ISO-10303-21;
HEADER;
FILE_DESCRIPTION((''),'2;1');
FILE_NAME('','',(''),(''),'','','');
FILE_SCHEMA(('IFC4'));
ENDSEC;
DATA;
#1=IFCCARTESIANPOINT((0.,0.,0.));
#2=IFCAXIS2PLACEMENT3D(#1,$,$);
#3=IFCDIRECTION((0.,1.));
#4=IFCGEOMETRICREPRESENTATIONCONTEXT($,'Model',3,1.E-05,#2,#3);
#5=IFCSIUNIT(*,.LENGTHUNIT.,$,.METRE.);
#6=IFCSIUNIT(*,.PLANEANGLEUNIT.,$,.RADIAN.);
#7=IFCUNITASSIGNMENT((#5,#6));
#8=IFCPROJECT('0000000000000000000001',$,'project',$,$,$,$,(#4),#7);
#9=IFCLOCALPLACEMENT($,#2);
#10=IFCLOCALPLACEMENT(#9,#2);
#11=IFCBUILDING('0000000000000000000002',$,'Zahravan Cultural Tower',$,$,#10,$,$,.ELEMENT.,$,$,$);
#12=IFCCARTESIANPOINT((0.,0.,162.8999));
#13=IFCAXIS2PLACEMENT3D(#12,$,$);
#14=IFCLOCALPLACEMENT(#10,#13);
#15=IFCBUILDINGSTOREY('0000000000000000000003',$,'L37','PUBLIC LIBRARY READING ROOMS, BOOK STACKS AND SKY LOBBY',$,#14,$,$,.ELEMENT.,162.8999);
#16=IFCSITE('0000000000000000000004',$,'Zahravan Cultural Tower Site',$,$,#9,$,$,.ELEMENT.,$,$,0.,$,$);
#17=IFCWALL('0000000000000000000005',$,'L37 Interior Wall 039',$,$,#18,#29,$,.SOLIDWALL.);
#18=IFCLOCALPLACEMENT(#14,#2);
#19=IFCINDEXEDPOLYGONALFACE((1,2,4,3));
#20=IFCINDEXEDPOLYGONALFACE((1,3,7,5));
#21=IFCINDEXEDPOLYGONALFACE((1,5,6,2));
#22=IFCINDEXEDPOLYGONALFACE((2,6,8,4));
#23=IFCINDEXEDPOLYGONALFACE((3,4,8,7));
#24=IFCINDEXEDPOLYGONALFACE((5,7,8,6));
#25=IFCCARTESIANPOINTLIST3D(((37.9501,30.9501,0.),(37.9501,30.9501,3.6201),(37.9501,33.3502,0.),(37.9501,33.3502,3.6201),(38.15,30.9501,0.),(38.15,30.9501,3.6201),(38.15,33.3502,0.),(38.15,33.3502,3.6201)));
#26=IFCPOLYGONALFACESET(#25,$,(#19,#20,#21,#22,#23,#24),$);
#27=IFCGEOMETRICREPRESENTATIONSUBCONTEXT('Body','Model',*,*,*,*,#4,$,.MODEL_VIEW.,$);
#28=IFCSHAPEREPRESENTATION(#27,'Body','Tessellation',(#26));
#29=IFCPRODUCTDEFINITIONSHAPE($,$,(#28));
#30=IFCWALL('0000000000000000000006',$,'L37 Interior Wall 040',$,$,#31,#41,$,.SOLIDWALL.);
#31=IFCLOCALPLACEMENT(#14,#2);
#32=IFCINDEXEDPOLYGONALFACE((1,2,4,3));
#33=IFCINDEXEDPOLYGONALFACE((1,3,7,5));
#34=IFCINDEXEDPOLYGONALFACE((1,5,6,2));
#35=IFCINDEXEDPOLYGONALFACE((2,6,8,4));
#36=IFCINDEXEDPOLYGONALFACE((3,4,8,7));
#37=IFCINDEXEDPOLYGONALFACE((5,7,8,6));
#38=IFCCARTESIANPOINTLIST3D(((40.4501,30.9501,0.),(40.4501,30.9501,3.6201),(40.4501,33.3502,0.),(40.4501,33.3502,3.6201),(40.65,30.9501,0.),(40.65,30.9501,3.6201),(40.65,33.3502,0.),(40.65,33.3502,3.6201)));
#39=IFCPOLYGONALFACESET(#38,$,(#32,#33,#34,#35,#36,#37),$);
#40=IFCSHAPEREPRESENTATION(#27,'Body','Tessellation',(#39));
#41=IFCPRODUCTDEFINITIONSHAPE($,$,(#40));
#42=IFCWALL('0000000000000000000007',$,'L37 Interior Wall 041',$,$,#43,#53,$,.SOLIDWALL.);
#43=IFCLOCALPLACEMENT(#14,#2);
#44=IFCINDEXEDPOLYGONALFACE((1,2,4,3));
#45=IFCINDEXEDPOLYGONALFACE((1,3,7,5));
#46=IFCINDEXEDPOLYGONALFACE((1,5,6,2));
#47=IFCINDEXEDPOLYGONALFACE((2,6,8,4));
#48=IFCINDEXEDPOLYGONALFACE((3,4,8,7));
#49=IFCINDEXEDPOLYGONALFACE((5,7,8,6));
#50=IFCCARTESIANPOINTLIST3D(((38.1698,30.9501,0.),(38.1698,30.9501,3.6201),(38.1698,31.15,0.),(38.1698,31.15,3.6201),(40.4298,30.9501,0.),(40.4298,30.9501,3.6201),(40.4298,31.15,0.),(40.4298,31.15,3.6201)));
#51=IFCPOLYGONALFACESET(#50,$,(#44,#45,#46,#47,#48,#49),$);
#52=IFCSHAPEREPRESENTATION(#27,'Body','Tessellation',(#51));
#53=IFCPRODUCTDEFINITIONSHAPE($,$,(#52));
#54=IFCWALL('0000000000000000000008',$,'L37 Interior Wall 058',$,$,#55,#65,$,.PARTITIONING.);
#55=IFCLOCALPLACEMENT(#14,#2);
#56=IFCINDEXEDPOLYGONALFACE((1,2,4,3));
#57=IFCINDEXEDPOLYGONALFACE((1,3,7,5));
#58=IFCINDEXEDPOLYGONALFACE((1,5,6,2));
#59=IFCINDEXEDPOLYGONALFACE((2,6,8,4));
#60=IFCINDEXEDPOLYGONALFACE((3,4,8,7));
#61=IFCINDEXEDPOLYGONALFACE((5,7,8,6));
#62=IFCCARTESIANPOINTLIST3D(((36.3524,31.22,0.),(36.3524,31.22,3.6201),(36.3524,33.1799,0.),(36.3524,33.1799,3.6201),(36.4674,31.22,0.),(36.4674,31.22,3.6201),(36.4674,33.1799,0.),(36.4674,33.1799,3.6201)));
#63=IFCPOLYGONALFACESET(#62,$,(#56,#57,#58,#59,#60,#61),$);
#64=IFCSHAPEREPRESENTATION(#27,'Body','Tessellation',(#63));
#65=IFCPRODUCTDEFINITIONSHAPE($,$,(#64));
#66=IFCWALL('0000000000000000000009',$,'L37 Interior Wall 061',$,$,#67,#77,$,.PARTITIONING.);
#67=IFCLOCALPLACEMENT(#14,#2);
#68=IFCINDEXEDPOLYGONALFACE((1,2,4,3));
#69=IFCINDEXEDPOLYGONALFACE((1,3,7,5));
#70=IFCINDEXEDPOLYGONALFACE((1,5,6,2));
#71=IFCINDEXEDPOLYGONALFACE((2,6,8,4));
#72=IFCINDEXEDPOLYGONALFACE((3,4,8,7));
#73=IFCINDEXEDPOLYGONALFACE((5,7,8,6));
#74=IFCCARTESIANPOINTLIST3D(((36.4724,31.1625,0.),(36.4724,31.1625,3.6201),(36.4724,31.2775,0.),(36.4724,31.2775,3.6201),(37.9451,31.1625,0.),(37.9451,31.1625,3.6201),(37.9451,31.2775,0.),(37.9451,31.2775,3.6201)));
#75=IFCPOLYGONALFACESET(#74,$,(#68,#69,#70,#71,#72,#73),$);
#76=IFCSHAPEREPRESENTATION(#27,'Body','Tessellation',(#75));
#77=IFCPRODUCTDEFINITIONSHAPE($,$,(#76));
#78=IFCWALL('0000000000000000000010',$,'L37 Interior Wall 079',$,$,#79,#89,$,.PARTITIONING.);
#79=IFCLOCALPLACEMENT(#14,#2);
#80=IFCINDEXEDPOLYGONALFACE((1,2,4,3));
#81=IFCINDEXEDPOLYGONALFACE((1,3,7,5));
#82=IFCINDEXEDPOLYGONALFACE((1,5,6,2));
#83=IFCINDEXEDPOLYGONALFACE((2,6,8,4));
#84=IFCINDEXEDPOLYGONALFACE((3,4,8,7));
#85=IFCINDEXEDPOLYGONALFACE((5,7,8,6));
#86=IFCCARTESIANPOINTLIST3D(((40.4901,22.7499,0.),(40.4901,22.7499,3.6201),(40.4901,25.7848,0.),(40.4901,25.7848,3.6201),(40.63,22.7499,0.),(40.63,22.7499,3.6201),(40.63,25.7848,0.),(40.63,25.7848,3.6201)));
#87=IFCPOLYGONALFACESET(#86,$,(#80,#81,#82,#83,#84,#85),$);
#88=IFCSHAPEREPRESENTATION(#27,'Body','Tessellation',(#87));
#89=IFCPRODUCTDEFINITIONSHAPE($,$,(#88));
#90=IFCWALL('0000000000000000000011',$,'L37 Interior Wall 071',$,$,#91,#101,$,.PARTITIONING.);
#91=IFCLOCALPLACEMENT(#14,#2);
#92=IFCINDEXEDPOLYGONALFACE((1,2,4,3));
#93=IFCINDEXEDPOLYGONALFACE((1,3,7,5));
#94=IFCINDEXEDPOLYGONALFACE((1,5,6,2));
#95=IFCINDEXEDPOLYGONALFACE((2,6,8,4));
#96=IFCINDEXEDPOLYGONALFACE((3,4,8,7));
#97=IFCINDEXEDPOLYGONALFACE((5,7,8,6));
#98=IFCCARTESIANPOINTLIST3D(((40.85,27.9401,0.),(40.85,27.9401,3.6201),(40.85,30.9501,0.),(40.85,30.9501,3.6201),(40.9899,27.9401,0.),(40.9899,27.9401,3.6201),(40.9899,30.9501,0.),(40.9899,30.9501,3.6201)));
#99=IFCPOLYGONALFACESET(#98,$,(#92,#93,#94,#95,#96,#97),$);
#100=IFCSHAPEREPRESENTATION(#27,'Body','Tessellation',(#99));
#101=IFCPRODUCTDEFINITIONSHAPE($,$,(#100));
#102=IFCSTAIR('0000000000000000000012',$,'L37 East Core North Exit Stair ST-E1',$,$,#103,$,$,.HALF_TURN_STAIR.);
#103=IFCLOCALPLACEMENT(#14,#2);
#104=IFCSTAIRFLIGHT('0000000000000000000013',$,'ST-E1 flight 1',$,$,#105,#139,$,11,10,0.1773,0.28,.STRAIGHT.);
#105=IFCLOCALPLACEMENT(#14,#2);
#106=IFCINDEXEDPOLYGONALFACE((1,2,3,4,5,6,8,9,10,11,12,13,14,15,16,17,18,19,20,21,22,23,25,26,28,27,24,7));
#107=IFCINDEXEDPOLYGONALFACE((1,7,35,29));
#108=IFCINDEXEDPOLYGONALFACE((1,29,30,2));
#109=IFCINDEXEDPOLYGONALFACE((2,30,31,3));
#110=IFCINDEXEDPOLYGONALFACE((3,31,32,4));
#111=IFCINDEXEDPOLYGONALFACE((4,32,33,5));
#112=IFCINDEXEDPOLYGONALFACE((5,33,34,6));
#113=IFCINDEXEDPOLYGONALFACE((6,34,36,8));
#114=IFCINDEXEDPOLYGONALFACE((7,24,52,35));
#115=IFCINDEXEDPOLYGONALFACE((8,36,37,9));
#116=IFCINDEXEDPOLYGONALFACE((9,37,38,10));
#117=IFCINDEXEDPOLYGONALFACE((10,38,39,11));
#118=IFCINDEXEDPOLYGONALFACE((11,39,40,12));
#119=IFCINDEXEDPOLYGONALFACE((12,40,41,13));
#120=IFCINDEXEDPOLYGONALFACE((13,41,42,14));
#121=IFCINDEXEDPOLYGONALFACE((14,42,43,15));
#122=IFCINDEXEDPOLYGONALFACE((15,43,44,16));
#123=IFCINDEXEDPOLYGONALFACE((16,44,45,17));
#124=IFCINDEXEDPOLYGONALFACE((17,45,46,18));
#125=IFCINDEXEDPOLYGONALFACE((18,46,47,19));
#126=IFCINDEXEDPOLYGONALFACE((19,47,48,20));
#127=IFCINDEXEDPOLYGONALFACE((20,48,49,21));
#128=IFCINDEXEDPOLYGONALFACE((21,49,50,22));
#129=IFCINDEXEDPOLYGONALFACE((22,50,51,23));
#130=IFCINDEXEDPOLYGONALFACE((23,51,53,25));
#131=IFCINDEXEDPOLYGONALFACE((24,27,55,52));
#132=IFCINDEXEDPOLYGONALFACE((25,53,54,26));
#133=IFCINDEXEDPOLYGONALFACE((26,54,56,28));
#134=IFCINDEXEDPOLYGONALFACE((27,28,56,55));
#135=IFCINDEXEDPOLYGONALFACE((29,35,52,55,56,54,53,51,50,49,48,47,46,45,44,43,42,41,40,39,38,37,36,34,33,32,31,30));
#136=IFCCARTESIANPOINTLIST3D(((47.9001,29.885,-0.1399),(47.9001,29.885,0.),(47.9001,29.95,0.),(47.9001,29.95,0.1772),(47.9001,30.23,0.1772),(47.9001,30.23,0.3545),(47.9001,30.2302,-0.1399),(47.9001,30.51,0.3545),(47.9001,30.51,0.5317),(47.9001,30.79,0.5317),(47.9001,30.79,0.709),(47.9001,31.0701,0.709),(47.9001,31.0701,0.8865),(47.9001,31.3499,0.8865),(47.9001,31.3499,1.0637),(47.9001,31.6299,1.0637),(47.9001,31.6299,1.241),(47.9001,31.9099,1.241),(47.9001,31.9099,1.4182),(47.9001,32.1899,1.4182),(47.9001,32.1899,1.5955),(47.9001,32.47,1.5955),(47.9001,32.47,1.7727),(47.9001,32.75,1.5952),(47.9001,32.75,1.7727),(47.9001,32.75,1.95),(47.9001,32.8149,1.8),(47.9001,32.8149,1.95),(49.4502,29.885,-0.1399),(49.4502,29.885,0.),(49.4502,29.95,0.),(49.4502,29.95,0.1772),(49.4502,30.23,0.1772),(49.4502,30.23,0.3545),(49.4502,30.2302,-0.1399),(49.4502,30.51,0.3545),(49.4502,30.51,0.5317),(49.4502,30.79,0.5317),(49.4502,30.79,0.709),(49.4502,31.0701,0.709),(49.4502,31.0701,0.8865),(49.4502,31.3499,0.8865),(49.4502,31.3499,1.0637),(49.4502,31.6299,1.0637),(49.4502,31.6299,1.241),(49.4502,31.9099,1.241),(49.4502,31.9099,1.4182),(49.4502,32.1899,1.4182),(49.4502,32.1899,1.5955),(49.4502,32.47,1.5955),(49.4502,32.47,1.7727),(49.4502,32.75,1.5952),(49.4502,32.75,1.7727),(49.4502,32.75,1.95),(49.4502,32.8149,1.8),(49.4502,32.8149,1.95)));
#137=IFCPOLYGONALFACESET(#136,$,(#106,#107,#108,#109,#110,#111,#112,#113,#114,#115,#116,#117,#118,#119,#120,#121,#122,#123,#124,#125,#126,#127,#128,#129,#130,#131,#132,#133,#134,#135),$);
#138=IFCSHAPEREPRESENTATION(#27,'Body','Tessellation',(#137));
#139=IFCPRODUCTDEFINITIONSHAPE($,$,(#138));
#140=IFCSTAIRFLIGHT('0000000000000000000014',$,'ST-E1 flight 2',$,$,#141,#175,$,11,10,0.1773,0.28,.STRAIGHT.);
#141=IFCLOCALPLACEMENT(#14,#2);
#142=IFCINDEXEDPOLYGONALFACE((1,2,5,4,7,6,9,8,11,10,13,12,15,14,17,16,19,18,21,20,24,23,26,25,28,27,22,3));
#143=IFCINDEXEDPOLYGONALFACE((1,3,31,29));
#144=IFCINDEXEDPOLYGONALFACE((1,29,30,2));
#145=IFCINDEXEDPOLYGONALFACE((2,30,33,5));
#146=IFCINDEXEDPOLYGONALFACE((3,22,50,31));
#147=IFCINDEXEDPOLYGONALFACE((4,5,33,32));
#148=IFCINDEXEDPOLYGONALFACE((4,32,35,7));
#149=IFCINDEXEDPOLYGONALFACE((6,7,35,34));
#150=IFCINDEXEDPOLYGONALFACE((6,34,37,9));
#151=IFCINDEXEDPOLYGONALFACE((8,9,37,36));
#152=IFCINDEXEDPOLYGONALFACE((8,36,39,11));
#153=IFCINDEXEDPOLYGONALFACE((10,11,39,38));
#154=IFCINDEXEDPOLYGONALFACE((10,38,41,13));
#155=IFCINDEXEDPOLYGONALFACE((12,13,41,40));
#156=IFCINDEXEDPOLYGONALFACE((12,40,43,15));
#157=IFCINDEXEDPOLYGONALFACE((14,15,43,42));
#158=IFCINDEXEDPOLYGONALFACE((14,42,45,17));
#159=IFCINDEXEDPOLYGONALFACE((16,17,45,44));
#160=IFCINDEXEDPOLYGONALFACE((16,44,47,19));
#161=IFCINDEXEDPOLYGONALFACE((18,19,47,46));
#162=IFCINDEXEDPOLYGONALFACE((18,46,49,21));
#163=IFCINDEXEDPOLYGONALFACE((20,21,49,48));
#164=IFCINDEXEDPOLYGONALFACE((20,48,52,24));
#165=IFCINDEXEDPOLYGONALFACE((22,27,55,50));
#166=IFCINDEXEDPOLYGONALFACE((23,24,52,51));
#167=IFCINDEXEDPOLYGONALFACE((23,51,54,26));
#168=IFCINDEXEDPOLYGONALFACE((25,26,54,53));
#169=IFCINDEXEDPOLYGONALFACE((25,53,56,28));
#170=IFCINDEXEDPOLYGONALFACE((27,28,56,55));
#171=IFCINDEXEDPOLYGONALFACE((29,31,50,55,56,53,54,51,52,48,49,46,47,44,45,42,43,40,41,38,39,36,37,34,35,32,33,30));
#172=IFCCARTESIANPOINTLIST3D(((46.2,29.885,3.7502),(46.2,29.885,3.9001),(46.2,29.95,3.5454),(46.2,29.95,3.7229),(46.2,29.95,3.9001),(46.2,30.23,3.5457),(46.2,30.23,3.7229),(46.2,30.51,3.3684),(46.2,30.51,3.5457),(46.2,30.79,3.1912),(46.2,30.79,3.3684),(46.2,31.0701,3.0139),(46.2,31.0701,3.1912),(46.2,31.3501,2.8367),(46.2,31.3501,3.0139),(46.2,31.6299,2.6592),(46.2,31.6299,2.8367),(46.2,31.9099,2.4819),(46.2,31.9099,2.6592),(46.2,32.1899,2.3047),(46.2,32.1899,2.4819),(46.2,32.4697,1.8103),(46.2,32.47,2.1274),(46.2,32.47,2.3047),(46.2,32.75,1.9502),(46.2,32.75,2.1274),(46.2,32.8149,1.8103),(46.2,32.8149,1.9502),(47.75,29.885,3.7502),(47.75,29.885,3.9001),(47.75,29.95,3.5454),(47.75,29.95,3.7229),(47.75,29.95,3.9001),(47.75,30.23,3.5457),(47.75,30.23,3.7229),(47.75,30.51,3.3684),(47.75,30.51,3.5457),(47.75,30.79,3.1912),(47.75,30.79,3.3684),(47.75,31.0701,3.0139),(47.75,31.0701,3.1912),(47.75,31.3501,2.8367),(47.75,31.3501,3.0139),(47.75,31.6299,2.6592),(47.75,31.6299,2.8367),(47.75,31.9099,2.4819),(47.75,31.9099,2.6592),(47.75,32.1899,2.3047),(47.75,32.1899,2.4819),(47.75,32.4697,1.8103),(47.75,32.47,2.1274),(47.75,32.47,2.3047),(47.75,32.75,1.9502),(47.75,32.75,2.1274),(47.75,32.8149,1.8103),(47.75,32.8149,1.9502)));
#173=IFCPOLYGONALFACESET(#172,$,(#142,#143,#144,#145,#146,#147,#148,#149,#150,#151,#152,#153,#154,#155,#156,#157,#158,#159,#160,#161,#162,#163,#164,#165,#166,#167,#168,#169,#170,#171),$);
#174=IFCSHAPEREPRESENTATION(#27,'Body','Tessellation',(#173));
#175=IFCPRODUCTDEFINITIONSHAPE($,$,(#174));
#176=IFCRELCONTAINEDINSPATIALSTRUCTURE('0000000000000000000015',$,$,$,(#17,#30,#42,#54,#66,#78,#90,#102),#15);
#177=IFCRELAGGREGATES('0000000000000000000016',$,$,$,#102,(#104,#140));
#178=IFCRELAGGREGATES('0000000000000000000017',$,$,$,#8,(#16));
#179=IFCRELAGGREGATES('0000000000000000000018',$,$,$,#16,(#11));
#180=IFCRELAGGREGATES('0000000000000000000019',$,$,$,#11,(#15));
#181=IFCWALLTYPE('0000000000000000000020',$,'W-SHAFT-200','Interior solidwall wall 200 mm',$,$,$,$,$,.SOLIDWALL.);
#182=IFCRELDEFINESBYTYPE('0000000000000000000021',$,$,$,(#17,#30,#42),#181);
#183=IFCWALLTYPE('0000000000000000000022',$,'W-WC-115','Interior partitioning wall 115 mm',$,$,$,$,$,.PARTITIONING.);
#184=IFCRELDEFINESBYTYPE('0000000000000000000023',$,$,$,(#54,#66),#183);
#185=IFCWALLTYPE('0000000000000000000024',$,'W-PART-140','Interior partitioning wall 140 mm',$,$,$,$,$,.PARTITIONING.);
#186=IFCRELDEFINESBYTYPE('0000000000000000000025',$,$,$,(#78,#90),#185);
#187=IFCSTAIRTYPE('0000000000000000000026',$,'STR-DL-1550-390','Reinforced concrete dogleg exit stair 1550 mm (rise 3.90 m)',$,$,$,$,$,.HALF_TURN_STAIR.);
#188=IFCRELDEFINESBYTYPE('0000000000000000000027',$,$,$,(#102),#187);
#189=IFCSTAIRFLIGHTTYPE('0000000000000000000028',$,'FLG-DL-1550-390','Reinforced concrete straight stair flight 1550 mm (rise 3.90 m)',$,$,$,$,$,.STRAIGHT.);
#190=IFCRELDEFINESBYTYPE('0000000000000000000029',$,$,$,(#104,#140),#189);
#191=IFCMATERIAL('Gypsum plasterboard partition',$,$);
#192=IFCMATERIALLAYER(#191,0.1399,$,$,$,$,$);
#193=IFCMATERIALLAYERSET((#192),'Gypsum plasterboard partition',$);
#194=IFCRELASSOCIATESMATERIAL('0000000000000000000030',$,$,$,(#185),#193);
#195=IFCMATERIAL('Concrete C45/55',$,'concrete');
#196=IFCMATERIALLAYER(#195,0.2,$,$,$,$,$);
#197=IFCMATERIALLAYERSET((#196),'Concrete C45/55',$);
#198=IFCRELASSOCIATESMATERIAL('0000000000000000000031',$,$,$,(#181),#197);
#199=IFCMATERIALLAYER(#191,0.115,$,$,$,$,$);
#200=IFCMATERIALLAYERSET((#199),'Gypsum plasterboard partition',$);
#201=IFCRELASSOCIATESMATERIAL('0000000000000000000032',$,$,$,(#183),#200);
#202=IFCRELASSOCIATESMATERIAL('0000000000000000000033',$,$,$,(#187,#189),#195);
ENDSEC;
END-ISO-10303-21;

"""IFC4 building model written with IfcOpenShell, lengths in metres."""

from ifc_helpers import new_model, si_unit, direction, frame, frame_2d, origin, place, context, subcontext, project, spatial, polyline, rectangle, outline, extrude, source, transform, mapped, material, layer, layer_set, type_object, element, aggregate, save


model = new_model("IFC4")

# Units and contexts
model_context = context("Model", 3, precision=1e-05, world=origin(), true_north=direction((0.0, 1.0)))
body_context = subcontext(model_context, "Body", "Model", "MODEL_VIEW")
ifc_project = project(units=[si_unit("LENGTHUNIT", "METRE"), si_unit("PLANEANGLEUNIT", "RADIAN")], contexts=[model_context])

# Site, building, storey
site_placement = place(None, origin())
site = spatial("IfcSite", under=ifc_project, at=site_placement, Name="Zahravan Cultural Tower Site", CompositionType="ELEMENT", RefElevation=0.0)
building_placement = place(site_placement, origin())
building = spatial("IfcBuilding", under=site, at=building_placement, Name="Zahravan Cultural Tower", CompositionType="ELEMENT")
storey_placement = place(building_placement, frame((0.0, 0.0, 162.8999)))
storey = spatial("IfcBuildingStorey", under=building, at=storey_placement, Name="L37", Description="PUBLIC LIBRARY READING ROOMS, BOOK STACKS AND SKY LOBBY", CompositionType="ELEMENT", Elevation=162.8999)

# Shared definitions
ifc_material_1 = material(Name="Gypsum plasterboard partition")
ifc_layer_1 = layer(ifc_material_1, 0.1399)
ifc_layer_set_1 = layer_set([ifc_layer_1], Name="Gypsum plasterboard partition")
wall_type_1 = type_object("IfcWallType", Name="W-PART-140", Description="Interior partitioning wall 140 mm", PredefinedType="PARTITIONING", material=ifc_layer_set_1)
ifc_material_2 = material(Name="Concrete C45/55", Category="concrete")
ifc_layer_2 = layer(ifc_material_2, 0.2)
ifc_layer_set_2 = layer_set([ifc_layer_2], Name="Concrete C45/55")
wall_type_2 = type_object("IfcWallType", Name="W-SHAFT-200", Description="Interior solidwall wall 200 mm", PredefinedType="SOLIDWALL", material=ifc_layer_set_2)

# Walls
shared_shape_1 = source(origin(), body_context, "Body", "SweptSolid", [
    extrude(rectangle(XDim=2.4001, YDim=0.2, at=frame_2d((1.2002, 0.0))), origin(), (0.0, 0.0, 1.0), 3.6201),
])
for number, where, z_axis, x_axis, name in (
    (1, (38.05, 30.95, 0.0), (0.0, 0.0, 1.0), (0.0, 1.0, 0.0), "L37 Interior Wall 039"),
    (2, (40.55, 30.95, 0.0), (0.0, 0.0, 1.0), (0.0, 1.0, 0.0), "L37 Interior Wall 040"),
):
    element("IfcWall", number, at=place(storey_placement, frame(where, z_axis=z_axis, x_axis=x_axis)), inside=storey, type_object=wall_type_2, Name=name, PredefinedType="SOLIDWALL", context=body_context, shape_type="MappedRepresentation", body=[
        mapped(shared_shape_1, transform((0.0, 0.0, 0.0), x_axis=(1.0, 0.0, 0.0), y_axis=(0.0, 1.0, 0.0), z_axis=(0.0, 0.0, 1.0), scale=1.0)),
    ])
shared_shape_2 = source(origin(), body_context, "Body", "SweptSolid", [
    extrude(rectangle(XDim=2.26, YDim=0.2, at=frame_2d((1.1299, 0.0))), origin(), (0.0, 0.0, 1.0), 3.6201),
])
wall_1_placement = place(storey_placement, frame((38.1699, 31.05, 0.0), z_axis=(0.0, 0.0, 1.0), x_axis=(1.0, 0.0, 0.0)))
element("IfcWall", 3, at=wall_1_placement, inside=storey, type_object=wall_type_2, Name="L37 Interior Wall 041", PredefinedType="SOLIDWALL", context=body_context, shape_type="MappedRepresentation", body=[
    mapped(shared_shape_2, transform((0.0, 0.0, 0.0), x_axis=(1.0, 0.0, 0.0), y_axis=(0.0, 1.0, 0.0), z_axis=(0.0, 0.0, 1.0), scale=1.0)),
])
ifc_layer_3 = layer(ifc_material_1, 0.115)
ifc_layer_set_3 = layer_set([ifc_layer_3], Name="Gypsum plasterboard partition")
wall_type_3 = type_object("IfcWallType", Name="W-WC-115", Description="Interior partitioning wall 115 mm", PredefinedType="PARTITIONING", material=ifc_layer_set_3)
shared_shape_3 = source(origin(), body_context, "Body", "SweptSolid", [
    extrude(rectangle(XDim=1.96, YDim=0.115, at=frame_2d((0.98, 0.0))), origin(), (0.0, 0.0, 1.0), 3.6201),
])
wall_2_placement = place(storey_placement, frame((36.4099, 33.1799, 0.0), z_axis=(0.0, 0.0, 1.0), x_axis=(0.0, -1.0, 0.0)))
element("IfcWall", 4, at=wall_2_placement, inside=storey, type_object=wall_type_3, Name="L37 Interior Wall 058", PredefinedType="PARTITIONING", context=body_context, shape_type="MappedRepresentation", body=[
    mapped(shared_shape_3, transform((0.0, 0.0, 0.0), x_axis=(1.0, 0.0, 0.0), y_axis=(0.0, 1.0, 0.0), z_axis=(0.0, 0.0, 1.0), scale=1.0)),
])
shared_shape_4 = source(origin(), body_context, "Body", "SweptSolid", [
    extrude(rectangle(XDim=1.4727, YDim=0.115, at=frame_2d((0.7363, 0.0))), origin(), (0.0, 0.0, 1.0), 3.6201),
])
wall_3_placement = place(storey_placement, frame((37.9451, 31.22, 0.0), z_axis=(0.0, 0.0, 1.0), x_axis=(-1.0, 0.0, 0.0)))
element("IfcWall", 5, at=wall_3_placement, inside=storey, type_object=wall_type_3, Name="L37 Interior Wall 061", PredefinedType="PARTITIONING", context=body_context, shape_type="MappedRepresentation", body=[
    mapped(shared_shape_4, transform((0.0, 0.0, 0.0), x_axis=(1.0, 0.0, 0.0), y_axis=(0.0, 1.0, 0.0), z_axis=(0.0, 0.0, 1.0), scale=1.0)),
])
shared_shape_5 = source(origin(), body_context, "Body", "SweptSolid", [
    extrude(rectangle(XDim=3.0349, YDim=0.1399, at=frame_2d((1.5176, 0.0))), origin(), (0.0, 0.0, 1.0), 3.6201),
])
wall_4_placement = place(storey_placement, frame((40.5601, 25.7849, 0.0), z_axis=(0.0, 0.0, 1.0), x_axis=(0.0, -1.0, 0.0)))
element("IfcWall", 6, at=wall_4_placement, inside=storey, type_object=wall_type_1, Name="L37 Interior Wall 079", PredefinedType="PARTITIONING", context=body_context, shape_type="MappedRepresentation", body=[
    mapped(shared_shape_5, transform((0.0, 0.0, 0.0), x_axis=(1.0, 0.0, 0.0), y_axis=(0.0, 1.0, 0.0), z_axis=(0.0, 0.0, 1.0), scale=1.0)),
])
shared_shape_6 = source(origin(), body_context, "Body", "SweptSolid", [
    extrude(rectangle(XDim=3.01, YDim=0.1399, at=frame_2d((1.5049, 0.0))), origin(), (0.0, 0.0, 1.0), 3.6201),
])
wall_5_placement = place(storey_placement, frame((40.9199, 30.95, 0.0), z_axis=(0.0, 0.0, 1.0), x_axis=(0.0, -1.0, 0.0)))
element("IfcWall", 7, at=wall_5_placement, inside=storey, type_object=wall_type_1, Name="L37 Interior Wall 071", PredefinedType="PARTITIONING", context=body_context, shape_type="MappedRepresentation", body=[
    mapped(shared_shape_6, transform((0.0, 0.0, 0.0), x_axis=(1.0, 0.0, 0.0), y_axis=(0.0, 1.0, 0.0), z_axis=(0.0, 0.0, 1.0), scale=1.0)),
])

# Stair, stair flights
stair_type = type_object("IfcStairType", Name="STR-DL-1550-390", Description="Reinforced concrete dogleg exit stair 1550 mm (rise 3.90 m)", PredefinedType="HALF_TURN_STAIR", material=ifc_material_2)
stair_placement = place(storey_placement, origin())
stair = element("IfcStair", 8, at=stair_placement, inside=storey, type_object=stair_type, Name="L37 East Core North Exit Stair ST-E1", PredefinedType="HALF_TURN_STAIR")
stair_flight_type = type_object("IfcStairFlightType", Name="FLG-DL-1550-390", Description="Reinforced concrete straight stair flight 1550 mm (rise 3.90 m)", PredefinedType="STRAIGHT", material=ifc_material_2)
stair_flight_1_placement = place(storey_placement, frame((48.675, 29.95, 0.0), z_axis=(0.0, 0.0, 1.0), x_axis=(0.0, 1.0, 0.0)))
stair_flight_1 = element("IfcStairFlight", 9, at=stair_flight_1_placement, type_object=stair_flight_type, Name="ST-E1 flight 1", NumberOfRisers=11, NumberOfTreads=10, PredefinedType="STRAIGHT", RiserHeight=0.1773, TreadLength=0.28, context=body_context, shape_type="SweptSolid", body=[
    extrude(outline(polyline([(-0.0649, -0.1399), (-0.0649, 0.0), (0.0, 0.0), (0.0, 0.1772), (0.28, 0.1772), (0.28, 0.3545), (0.5601, 0.3545), (0.5601, 0.5317), (0.8401, 0.5317), (0.8401, 0.709), (1.1201, 0.709), (1.1201, 0.8865), (1.3999, 0.8865), (1.3999, 1.0637), (1.6799, 1.0637), (1.6799, 1.241), (1.96, 1.241), (1.96, 1.4182), (2.24, 1.4182), (2.24, 1.5955), (2.52, 1.5955), (2.52, 1.7727), (2.8, 1.7727), (2.8, 1.95), (2.865, 1.95), (2.865, 1.8), (2.8, 1.5952), (0.2803, -0.1399), (-0.0649, -0.1399)])), frame((0.0, 0.7749, 0.0), z_axis=(0.0, -1.0, 0.0), x_axis=(1.0, 0.0, 0.0)), (0.0, 0.0, 1.0), 1.55),
])
stair_flight_2_placement = place(storey_placement, frame((46.9751, 32.75, 1.9502), z_axis=(0.0, 0.0, 1.0), x_axis=(0.0, -1.0, 0.0)))
stair_flight_2 = element("IfcStairFlight", 10, at=stair_flight_2_placement, type_object=stair_flight_type, Name="ST-E1 flight 2", NumberOfRisers=11, NumberOfTreads=10, PredefinedType="STRAIGHT", RiserHeight=0.1773, TreadLength=0.28, context=body_context, shape_type="SweptSolid", body=[
    extrude(outline(polyline([(-0.0649, -0.1399), (-0.0649, 0.0), (0.0, 0.0), (0.0, 0.1772), (0.28, 0.1772), (0.28, 0.3545), (0.5601, 0.3545), (0.5601, 0.5317), (0.8401, 0.5317), (0.8401, 0.709), (1.1201, 0.709), (1.1201, 0.8865), (1.3999, 0.8865), (1.3999, 1.0637), (1.6799, 1.0637), (1.6799, 1.241), (1.96, 1.241), (1.96, 1.4182), (2.24, 1.4182), (2.24, 1.5955), (2.52, 1.5955), (2.52, 1.7727), (2.8, 1.7727), (2.8, 1.95), (2.865, 1.95), (2.865, 1.8), (2.8, 1.5952), (0.2803, -0.1399), (-0.0649, -0.1399)])), frame((0.0, 0.7749, 0.0), z_axis=(0.0, -1.0, 0.0), x_axis=(1.0, 0.0, 0.0)), (0.0, 0.0, 1.0), 1.55),
])
aggregate(stair, [stair_flight_1, stair_flight_2])

save(model, "model.ifc")
